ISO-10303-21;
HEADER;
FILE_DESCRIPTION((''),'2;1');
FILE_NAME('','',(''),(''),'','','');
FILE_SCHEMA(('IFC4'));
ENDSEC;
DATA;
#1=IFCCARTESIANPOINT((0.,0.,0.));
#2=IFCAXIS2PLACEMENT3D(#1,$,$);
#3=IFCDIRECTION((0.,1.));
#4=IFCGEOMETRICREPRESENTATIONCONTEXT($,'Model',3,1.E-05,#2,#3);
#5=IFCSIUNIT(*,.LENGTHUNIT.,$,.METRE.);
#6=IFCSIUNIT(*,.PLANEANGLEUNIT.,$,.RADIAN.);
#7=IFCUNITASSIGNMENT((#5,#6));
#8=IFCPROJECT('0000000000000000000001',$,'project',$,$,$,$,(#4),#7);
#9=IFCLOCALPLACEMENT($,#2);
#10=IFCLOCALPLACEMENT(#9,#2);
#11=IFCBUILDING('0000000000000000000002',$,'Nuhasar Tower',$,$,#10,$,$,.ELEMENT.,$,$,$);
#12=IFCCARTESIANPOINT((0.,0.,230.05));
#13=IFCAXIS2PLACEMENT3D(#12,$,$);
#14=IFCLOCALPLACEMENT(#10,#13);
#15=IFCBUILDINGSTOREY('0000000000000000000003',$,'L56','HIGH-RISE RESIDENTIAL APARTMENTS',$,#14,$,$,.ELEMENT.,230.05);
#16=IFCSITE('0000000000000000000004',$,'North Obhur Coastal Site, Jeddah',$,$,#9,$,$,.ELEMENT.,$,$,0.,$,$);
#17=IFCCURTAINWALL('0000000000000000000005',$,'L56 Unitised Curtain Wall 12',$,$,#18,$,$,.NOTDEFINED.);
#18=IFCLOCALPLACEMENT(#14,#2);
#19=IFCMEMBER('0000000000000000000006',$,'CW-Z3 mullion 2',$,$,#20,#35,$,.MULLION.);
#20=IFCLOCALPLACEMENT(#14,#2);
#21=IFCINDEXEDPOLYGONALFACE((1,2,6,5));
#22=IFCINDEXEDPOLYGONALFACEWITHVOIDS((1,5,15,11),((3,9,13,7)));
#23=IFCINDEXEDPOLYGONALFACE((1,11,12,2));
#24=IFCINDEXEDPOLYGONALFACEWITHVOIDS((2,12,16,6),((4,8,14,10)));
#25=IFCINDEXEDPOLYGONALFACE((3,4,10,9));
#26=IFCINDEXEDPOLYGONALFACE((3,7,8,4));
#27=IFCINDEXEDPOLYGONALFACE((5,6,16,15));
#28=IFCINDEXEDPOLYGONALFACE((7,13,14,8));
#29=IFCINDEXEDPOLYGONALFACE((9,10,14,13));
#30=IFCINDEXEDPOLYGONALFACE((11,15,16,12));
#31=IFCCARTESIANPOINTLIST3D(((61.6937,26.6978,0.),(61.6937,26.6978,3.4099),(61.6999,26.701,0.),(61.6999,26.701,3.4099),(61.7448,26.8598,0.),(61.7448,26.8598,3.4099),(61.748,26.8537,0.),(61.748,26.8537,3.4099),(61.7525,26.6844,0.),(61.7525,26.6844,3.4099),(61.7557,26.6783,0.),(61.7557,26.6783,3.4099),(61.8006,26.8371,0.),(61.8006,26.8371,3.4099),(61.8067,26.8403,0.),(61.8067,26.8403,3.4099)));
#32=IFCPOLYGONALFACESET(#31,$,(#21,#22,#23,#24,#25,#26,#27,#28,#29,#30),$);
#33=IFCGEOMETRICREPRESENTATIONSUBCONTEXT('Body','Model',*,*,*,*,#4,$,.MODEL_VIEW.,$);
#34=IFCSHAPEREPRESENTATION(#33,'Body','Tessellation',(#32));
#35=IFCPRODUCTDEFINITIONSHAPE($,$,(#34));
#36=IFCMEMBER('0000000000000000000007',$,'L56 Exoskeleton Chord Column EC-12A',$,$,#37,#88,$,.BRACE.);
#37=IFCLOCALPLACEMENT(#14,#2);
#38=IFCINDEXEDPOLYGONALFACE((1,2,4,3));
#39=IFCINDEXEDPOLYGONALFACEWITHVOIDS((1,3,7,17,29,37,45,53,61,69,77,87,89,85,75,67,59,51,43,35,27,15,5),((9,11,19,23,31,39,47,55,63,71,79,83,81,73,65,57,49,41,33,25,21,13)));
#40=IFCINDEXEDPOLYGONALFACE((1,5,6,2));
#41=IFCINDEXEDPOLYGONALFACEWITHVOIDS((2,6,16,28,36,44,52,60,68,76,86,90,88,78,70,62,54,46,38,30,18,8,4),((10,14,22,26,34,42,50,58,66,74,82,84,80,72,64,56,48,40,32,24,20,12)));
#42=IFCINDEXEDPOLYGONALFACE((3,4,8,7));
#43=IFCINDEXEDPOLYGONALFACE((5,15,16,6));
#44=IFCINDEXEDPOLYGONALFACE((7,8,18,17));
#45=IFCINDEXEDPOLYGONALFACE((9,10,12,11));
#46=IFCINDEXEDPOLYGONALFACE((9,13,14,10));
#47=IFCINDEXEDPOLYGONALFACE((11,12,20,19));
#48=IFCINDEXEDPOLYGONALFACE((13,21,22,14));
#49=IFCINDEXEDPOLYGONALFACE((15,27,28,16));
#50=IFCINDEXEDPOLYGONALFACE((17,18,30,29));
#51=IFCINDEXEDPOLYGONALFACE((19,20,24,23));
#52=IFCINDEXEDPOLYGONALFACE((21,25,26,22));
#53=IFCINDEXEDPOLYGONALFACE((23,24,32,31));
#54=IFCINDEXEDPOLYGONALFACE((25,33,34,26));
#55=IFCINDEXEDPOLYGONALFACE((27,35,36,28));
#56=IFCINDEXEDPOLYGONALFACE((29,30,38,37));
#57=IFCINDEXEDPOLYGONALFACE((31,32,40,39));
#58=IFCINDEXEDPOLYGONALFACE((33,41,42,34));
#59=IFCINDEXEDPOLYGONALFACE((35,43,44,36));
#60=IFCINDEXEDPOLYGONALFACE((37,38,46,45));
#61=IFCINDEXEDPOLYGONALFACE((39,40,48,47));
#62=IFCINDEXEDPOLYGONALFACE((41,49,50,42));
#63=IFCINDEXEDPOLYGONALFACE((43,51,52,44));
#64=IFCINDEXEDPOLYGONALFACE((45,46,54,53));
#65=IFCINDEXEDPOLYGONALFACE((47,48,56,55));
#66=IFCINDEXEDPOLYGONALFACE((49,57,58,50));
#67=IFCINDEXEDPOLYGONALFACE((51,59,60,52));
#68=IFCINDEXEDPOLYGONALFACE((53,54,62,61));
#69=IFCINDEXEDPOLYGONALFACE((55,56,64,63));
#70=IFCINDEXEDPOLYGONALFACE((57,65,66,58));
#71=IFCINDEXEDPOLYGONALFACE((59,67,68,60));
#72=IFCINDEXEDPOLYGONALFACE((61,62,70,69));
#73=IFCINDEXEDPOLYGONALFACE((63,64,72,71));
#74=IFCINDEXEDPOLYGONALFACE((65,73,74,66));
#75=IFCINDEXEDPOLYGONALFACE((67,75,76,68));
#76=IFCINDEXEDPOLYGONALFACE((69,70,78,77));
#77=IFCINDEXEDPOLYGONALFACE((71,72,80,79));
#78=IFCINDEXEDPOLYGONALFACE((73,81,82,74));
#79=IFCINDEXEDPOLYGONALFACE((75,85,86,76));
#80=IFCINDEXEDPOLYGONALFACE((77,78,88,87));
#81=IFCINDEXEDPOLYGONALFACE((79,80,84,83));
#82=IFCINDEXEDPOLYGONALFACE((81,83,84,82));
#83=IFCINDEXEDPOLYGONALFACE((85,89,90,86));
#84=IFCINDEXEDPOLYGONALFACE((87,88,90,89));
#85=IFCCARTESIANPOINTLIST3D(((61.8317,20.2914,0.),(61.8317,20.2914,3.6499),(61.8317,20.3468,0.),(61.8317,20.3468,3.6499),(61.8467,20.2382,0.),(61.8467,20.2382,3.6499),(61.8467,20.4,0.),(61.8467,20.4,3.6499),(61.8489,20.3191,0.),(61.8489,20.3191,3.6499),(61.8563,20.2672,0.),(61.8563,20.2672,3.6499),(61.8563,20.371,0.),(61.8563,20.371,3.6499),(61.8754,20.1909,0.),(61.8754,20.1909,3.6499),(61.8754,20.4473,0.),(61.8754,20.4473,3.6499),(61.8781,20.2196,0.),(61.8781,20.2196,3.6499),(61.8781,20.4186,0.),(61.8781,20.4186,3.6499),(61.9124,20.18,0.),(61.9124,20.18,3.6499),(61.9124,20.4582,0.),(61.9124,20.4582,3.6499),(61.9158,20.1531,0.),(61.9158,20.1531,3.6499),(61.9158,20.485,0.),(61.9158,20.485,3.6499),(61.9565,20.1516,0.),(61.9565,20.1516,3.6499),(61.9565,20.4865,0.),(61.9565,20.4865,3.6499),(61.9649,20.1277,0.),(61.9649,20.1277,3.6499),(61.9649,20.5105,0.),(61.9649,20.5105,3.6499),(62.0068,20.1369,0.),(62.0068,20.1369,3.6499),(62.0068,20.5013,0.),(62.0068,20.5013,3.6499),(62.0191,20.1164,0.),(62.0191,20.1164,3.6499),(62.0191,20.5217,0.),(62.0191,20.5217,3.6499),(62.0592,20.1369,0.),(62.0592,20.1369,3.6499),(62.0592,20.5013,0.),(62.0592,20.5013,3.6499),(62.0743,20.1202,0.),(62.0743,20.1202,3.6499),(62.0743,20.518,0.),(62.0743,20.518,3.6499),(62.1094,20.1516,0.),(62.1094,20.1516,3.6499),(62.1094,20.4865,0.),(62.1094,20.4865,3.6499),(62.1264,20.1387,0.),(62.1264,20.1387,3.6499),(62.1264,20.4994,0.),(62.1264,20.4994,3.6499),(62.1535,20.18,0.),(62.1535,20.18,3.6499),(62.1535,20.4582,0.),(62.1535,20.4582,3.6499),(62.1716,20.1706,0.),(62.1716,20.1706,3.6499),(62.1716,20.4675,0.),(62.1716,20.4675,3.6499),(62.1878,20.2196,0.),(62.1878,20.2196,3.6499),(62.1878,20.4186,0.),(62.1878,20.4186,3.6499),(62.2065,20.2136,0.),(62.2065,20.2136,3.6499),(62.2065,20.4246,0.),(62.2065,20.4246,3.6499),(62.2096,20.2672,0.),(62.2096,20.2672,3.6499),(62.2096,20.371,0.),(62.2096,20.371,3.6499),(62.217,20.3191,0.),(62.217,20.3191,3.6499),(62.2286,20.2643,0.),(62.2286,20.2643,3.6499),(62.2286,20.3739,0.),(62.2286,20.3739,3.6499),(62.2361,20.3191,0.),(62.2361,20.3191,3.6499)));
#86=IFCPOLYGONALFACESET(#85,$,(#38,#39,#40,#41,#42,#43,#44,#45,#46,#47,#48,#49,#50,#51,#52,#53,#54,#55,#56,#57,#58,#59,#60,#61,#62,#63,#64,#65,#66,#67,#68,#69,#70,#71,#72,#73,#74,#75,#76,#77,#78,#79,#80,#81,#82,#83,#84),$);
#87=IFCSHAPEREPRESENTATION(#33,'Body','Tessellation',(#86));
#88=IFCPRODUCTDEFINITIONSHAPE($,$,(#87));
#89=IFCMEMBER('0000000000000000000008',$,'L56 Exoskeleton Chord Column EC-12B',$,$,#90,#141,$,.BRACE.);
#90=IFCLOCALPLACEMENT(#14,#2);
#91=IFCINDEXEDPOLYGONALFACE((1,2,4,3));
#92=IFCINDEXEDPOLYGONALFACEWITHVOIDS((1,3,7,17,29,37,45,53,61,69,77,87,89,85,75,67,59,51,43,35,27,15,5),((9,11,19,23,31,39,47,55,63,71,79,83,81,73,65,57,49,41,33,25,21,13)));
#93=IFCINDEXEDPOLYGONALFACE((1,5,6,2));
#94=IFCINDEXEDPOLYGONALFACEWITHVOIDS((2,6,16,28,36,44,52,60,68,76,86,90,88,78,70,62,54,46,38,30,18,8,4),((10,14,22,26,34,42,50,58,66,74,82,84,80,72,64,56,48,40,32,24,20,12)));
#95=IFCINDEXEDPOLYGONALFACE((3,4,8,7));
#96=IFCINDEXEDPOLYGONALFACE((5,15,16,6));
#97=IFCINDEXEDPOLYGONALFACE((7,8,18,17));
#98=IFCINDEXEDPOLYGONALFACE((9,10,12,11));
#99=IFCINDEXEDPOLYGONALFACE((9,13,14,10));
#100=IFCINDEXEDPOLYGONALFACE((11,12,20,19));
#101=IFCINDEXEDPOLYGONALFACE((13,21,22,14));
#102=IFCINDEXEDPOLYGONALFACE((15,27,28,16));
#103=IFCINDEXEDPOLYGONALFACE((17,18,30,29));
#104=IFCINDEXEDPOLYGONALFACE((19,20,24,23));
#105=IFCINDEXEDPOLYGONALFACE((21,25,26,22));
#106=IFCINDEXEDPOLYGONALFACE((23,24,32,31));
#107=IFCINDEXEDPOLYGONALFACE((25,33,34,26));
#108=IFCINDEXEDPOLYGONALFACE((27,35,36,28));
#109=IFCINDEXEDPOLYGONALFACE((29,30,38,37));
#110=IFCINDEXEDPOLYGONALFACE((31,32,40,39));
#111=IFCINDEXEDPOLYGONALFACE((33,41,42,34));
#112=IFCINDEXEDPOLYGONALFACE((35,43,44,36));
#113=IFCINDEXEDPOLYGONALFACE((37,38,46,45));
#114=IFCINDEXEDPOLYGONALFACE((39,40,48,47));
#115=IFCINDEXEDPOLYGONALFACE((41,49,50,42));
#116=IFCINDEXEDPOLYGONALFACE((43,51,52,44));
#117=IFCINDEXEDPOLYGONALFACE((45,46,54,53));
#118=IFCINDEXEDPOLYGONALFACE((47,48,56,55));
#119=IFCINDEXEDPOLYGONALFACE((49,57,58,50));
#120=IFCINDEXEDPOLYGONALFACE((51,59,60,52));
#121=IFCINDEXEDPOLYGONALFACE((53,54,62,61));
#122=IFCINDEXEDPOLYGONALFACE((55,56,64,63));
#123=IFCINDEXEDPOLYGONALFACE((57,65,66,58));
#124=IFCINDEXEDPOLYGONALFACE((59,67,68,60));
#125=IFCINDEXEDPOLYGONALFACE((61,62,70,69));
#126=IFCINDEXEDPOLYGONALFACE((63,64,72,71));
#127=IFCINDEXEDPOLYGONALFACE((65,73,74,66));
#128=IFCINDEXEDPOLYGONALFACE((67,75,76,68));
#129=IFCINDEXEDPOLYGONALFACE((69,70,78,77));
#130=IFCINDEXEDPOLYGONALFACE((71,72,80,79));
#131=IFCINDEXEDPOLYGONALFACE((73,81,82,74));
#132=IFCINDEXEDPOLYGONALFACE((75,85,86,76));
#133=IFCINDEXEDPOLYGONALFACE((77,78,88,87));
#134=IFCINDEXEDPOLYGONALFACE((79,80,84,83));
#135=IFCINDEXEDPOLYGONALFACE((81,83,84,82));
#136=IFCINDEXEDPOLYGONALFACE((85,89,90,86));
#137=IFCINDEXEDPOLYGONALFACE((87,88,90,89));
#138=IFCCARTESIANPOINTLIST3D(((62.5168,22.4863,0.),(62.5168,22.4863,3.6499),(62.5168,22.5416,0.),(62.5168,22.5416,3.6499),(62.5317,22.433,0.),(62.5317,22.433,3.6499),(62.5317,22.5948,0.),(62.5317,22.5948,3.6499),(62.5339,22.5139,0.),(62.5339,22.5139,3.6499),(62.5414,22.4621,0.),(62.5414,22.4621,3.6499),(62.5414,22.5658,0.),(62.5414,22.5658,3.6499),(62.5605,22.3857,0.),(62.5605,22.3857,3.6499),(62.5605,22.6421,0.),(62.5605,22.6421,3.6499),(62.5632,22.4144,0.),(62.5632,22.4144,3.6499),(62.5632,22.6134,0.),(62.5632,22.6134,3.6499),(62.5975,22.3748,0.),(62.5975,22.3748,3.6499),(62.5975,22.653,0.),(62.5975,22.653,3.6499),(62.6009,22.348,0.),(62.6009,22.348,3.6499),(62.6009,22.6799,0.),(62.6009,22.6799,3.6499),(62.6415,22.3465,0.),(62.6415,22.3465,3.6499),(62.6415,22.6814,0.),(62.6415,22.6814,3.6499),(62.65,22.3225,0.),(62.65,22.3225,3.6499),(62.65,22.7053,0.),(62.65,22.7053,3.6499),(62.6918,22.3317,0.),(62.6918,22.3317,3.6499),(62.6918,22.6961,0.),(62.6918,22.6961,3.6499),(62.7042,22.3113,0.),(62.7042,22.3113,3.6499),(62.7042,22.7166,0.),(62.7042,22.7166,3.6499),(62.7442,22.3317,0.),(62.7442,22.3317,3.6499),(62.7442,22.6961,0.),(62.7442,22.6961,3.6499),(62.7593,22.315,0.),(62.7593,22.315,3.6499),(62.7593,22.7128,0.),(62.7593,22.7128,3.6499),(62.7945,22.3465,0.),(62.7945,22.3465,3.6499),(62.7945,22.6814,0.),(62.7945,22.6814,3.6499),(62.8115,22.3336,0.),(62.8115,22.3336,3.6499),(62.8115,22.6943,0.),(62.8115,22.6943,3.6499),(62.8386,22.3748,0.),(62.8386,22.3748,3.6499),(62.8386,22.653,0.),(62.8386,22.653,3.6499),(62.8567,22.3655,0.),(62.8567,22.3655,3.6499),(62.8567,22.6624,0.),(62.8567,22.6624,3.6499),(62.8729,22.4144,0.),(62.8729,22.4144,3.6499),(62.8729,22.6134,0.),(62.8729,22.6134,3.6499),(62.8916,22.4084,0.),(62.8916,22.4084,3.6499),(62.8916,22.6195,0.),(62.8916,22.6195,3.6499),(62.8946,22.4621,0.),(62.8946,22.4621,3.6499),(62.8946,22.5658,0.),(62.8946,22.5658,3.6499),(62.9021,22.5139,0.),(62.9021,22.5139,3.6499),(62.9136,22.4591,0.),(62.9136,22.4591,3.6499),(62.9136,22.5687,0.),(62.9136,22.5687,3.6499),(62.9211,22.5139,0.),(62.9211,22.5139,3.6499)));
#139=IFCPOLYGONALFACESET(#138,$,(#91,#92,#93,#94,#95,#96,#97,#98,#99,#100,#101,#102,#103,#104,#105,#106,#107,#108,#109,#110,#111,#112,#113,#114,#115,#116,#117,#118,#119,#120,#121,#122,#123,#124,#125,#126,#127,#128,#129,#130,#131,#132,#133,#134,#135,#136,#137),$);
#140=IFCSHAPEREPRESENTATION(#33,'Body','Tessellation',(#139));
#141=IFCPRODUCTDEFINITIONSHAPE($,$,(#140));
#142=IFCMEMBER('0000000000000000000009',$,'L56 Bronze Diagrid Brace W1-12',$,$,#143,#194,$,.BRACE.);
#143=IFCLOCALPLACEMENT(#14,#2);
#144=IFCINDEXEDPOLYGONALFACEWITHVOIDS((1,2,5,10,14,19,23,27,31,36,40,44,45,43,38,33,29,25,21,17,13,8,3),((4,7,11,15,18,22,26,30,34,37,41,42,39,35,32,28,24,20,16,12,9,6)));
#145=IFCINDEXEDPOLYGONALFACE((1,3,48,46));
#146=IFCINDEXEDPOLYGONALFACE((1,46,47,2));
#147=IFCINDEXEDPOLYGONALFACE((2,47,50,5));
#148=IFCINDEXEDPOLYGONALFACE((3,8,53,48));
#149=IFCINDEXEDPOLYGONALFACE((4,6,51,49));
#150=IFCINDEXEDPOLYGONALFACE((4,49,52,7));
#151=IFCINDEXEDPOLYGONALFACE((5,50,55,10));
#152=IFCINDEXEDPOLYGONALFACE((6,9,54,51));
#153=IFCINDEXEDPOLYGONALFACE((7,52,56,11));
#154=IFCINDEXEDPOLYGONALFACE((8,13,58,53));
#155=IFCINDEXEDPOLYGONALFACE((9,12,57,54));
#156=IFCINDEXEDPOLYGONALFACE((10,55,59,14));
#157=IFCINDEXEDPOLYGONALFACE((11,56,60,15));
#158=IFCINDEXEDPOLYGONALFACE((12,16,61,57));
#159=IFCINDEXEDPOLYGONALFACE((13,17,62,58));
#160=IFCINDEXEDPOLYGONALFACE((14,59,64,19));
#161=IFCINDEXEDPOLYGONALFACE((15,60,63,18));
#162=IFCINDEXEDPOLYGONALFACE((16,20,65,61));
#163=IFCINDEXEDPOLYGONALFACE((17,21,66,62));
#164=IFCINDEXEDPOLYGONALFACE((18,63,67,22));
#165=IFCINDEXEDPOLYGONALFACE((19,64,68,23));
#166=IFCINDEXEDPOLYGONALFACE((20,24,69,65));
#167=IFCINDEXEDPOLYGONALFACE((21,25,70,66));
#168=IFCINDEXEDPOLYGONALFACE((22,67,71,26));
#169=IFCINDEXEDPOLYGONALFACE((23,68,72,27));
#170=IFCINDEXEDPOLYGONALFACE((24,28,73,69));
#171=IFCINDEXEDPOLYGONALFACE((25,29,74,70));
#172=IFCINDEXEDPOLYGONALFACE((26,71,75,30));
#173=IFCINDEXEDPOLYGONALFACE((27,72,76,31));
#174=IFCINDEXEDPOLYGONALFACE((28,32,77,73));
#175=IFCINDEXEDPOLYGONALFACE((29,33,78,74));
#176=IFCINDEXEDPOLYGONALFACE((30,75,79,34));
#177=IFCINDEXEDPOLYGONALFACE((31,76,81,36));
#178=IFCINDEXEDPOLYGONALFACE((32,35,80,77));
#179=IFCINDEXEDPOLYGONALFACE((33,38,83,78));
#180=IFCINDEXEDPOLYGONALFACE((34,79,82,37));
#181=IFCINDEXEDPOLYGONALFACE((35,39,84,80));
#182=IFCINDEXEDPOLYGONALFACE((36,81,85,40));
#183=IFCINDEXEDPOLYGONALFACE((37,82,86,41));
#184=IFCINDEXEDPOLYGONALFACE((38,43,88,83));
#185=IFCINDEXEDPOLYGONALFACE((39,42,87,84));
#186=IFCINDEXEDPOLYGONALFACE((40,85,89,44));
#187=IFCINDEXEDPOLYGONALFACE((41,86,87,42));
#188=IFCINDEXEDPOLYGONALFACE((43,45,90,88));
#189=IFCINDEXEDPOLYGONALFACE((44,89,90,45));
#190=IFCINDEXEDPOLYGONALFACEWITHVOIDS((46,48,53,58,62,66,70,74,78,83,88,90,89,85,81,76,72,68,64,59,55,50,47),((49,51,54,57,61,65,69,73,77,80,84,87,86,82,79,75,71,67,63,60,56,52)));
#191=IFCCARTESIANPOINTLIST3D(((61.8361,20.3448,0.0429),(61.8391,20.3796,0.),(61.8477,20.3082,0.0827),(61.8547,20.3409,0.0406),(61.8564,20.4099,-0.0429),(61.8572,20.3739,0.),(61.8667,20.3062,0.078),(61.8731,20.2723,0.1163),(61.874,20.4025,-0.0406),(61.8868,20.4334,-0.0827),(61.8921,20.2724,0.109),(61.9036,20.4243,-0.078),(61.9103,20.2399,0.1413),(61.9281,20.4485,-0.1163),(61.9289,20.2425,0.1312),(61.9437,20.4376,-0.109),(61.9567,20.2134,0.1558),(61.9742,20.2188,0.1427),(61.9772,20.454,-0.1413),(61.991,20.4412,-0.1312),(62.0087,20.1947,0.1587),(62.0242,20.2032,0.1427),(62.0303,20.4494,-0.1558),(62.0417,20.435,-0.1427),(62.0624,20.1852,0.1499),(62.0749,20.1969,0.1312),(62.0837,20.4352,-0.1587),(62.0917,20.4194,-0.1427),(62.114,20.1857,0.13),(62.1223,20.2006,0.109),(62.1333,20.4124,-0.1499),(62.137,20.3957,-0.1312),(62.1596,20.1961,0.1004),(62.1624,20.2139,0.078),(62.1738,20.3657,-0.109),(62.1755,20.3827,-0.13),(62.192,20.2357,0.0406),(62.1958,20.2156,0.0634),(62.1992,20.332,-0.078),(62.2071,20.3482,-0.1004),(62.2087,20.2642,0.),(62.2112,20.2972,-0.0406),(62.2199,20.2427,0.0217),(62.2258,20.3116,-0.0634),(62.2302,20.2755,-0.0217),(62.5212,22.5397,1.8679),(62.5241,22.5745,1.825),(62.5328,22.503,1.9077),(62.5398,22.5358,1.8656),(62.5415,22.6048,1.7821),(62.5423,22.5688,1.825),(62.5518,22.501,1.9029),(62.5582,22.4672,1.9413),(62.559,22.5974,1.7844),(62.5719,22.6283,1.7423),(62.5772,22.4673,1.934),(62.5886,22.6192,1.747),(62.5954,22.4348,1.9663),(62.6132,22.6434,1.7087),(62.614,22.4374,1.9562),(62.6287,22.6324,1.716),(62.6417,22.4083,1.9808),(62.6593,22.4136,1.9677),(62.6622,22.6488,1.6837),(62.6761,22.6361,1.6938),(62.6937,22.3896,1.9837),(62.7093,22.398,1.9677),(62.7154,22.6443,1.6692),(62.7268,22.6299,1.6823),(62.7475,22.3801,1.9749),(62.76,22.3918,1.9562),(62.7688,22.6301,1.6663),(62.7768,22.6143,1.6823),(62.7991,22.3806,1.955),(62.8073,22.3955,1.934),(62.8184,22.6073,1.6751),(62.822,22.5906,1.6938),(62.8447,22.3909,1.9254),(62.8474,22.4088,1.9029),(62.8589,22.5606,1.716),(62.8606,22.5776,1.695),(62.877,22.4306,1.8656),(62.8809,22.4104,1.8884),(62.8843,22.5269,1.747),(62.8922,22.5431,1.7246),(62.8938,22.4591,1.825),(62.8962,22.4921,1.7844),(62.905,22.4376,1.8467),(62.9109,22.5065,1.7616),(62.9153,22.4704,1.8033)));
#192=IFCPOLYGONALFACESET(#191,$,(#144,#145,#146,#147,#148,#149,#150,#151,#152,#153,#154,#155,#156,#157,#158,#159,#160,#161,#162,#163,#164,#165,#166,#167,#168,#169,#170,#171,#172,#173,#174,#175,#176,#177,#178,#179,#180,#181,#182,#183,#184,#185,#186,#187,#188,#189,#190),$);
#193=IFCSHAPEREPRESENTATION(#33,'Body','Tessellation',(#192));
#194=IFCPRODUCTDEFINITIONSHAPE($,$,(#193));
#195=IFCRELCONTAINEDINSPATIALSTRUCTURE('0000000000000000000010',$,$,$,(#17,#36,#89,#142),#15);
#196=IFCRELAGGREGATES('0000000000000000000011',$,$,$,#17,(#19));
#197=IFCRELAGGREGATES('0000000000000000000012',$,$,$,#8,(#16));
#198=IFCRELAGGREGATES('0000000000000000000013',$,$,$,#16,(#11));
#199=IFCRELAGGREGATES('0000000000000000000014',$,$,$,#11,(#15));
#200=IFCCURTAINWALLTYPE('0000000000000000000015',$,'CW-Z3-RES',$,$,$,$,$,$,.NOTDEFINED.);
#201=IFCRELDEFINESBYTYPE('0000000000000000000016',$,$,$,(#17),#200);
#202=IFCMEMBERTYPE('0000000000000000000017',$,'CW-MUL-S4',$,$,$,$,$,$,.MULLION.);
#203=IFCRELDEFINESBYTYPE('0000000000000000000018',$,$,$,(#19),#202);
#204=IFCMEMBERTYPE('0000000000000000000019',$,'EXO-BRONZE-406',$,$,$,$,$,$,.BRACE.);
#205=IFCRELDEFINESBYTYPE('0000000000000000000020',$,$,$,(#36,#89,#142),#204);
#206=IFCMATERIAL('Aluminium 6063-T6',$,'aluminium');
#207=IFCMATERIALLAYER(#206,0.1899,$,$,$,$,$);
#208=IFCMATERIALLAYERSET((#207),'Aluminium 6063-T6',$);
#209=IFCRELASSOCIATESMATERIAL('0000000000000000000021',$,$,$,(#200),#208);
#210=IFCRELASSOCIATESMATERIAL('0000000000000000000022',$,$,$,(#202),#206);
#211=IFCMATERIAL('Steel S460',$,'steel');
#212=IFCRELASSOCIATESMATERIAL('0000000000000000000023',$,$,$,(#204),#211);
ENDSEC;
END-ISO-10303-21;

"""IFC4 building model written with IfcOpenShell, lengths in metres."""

from ifc_helpers import new_model, si_unit, direction, frame, origin, origin_2d, place, context, subcontext, project, spatial, hollow_rectangle, hollow_circle, extrude, material, layer, layer_set, material_profile, profile_set, type_object, element, aggregate, save


model = new_model("IFC4")

# Units and contexts
model_context = context("Model", 3, precision=1e-05, world=origin(), true_north=direction((0.0, 1.0)))
body_context = subcontext(model_context, "Body", "Model", "MODEL_VIEW")
ifc_project = project(units=[si_unit("LENGTHUNIT", "METRE"), si_unit("PLANEANGLEUNIT", "RADIAN")], contexts=[model_context])

# Site, building, storey
site_placement = place(None, origin())
site = spatial("IfcSite", under=ifc_project, at=site_placement, Name="North Obhur Coastal Site, Jeddah", CompositionType="ELEMENT", RefElevation=0.0)
building_placement = place(site_placement, origin())
building = spatial("IfcBuilding", under=site, at=building_placement, Name="Nuhasar Tower", CompositionType="ELEMENT")
storey_placement = place(building_placement, frame((0.0, 0.0, 230.05)))
storey = spatial("IfcBuildingStorey", under=building, at=storey_placement, Name="L56", Description="HIGH-RISE RESIDENTIAL APARTMENTS", CompositionType="ELEMENT", Elevation=230.05)

# Curtain wall, member
ifc_material_1 = material(Name="Aluminium 6063-T6", Category="aluminium")
ifc_layer_1 = layer(ifc_material_1, 0.1899)
ifc_layer_set_1 = layer_set([ifc_layer_1], Name="Aluminium 6063-T6")
curtain_wall_type = type_object("IfcCurtainWallType", Name="CW-Z3-RES", PredefinedType="NOTDEFINED", material=ifc_layer_set_1)
curtain_wall_placement = place(storey_placement, origin())
curtain_wall = element("IfcCurtainWall", 1, at=curtain_wall_placement, inside=storey, type_object=curtain_wall_type, Name="L56 Unitised Curtain Wall 12", PredefinedType="NOTDEFINED")
ifc_material_profile_1 = material_profile(ifc_material_1, hollow_rectangle(XDim=0.0649, YDim=0.1699, WallThickness=0.0049, at=origin_2d()), Name="CWM-4")
ifc_profile_set_1 = profile_set([ifc_material_profile_1], Name="Aluminium 6063-T6")
member_type_1 = type_object("IfcMemberType", Name="CW-MUL-S4", PredefinedType="MULLION", material=ifc_profile_set_1)
member_placement = place(storey_placement, frame((61.7502, 26.769, 0.0), z_axis=(0.0, 0.0, 1.0), x_axis=(-0.953804, 0.300429, 0.0)))
member = element("IfcMember", 2, at=member_placement, type_object=member_type_1, Name="CW-Z3 mullion 2", PredefinedType="MULLION", context=body_context, shape_type="SweptSolid", body=[
    extrude(hollow_rectangle(XDim=0.0649, YDim=0.1699, WallThickness=0.0049, at=origin_2d()), origin(), (0.0, 0.0, 1.0), 3.4099),
])

# Members
ifc_material_2 = material(Name="Steel S460", Category="steel")
ifc_material_profile_2 = material_profile(ifc_material_2, hollow_circle(Radius=0.2031, WallThickness=0.019, at=origin_2d()), Name="HSS406.4X19.1")
ifc_profile_set_2 = profile_set([ifc_material_profile_2], Name="Steel S460")
member_type_2 = type_object("IfcMemberType", Name="EXO-BRONZE-406", PredefinedType="BRACE", material=ifc_profile_set_2)
for number, where, z_axis, x_axis, name in (
    (3, (62.033, 20.3191, 0.0), (0.0, 0.0, 1.0), (1.0, 0.0, 0.0), "L56 Exoskeleton Chord Column EC-12A"),
    (4, (62.718, 22.5139, 0.0), (0.0, 0.0, 1.0), (1.0, 0.0, 0.0), "L56 Exoskeleton Chord Column EC-12B"),
):
    element("IfcMember", number, at=place(storey_placement, frame(where, z_axis=z_axis, x_axis=x_axis)), inside=storey, type_object=member_type_2, Name=name, PredefinedType="BRACE", context=body_context, shape_type="SweptSolid", body=[
        extrude(hollow_circle(Radius=0.2031, WallThickness=0.019, at=origin_2d()), origin(), (0.0, 0.0, 1.0), 3.6499),
    ])
for number, where, z_axis, x_axis, name in (
    (5, (62.033, 20.3191, 0.0), (0.233372, 0.74769, 0.621689), (-0.954582, 0.297948, 0.0), "L56 Bronze Diagrid Brace W1-12"),
):
    element("IfcMember", number, at=place(storey_placement, frame(where, z_axis=z_axis, x_axis=x_axis)), inside=storey, type_object=member_type_2, Name=name, PredefinedType="BRACE", context=body_context, shape_type="SweptSolid", body=[
        extrude(hollow_circle(Radius=0.2031, WallThickness=0.019, at=origin_2d()), origin(), (0.0, 0.0, 1.0), 2.9355),
    ])

aggregate(curtain_wall, [member])

save(model, "model.ifc")
